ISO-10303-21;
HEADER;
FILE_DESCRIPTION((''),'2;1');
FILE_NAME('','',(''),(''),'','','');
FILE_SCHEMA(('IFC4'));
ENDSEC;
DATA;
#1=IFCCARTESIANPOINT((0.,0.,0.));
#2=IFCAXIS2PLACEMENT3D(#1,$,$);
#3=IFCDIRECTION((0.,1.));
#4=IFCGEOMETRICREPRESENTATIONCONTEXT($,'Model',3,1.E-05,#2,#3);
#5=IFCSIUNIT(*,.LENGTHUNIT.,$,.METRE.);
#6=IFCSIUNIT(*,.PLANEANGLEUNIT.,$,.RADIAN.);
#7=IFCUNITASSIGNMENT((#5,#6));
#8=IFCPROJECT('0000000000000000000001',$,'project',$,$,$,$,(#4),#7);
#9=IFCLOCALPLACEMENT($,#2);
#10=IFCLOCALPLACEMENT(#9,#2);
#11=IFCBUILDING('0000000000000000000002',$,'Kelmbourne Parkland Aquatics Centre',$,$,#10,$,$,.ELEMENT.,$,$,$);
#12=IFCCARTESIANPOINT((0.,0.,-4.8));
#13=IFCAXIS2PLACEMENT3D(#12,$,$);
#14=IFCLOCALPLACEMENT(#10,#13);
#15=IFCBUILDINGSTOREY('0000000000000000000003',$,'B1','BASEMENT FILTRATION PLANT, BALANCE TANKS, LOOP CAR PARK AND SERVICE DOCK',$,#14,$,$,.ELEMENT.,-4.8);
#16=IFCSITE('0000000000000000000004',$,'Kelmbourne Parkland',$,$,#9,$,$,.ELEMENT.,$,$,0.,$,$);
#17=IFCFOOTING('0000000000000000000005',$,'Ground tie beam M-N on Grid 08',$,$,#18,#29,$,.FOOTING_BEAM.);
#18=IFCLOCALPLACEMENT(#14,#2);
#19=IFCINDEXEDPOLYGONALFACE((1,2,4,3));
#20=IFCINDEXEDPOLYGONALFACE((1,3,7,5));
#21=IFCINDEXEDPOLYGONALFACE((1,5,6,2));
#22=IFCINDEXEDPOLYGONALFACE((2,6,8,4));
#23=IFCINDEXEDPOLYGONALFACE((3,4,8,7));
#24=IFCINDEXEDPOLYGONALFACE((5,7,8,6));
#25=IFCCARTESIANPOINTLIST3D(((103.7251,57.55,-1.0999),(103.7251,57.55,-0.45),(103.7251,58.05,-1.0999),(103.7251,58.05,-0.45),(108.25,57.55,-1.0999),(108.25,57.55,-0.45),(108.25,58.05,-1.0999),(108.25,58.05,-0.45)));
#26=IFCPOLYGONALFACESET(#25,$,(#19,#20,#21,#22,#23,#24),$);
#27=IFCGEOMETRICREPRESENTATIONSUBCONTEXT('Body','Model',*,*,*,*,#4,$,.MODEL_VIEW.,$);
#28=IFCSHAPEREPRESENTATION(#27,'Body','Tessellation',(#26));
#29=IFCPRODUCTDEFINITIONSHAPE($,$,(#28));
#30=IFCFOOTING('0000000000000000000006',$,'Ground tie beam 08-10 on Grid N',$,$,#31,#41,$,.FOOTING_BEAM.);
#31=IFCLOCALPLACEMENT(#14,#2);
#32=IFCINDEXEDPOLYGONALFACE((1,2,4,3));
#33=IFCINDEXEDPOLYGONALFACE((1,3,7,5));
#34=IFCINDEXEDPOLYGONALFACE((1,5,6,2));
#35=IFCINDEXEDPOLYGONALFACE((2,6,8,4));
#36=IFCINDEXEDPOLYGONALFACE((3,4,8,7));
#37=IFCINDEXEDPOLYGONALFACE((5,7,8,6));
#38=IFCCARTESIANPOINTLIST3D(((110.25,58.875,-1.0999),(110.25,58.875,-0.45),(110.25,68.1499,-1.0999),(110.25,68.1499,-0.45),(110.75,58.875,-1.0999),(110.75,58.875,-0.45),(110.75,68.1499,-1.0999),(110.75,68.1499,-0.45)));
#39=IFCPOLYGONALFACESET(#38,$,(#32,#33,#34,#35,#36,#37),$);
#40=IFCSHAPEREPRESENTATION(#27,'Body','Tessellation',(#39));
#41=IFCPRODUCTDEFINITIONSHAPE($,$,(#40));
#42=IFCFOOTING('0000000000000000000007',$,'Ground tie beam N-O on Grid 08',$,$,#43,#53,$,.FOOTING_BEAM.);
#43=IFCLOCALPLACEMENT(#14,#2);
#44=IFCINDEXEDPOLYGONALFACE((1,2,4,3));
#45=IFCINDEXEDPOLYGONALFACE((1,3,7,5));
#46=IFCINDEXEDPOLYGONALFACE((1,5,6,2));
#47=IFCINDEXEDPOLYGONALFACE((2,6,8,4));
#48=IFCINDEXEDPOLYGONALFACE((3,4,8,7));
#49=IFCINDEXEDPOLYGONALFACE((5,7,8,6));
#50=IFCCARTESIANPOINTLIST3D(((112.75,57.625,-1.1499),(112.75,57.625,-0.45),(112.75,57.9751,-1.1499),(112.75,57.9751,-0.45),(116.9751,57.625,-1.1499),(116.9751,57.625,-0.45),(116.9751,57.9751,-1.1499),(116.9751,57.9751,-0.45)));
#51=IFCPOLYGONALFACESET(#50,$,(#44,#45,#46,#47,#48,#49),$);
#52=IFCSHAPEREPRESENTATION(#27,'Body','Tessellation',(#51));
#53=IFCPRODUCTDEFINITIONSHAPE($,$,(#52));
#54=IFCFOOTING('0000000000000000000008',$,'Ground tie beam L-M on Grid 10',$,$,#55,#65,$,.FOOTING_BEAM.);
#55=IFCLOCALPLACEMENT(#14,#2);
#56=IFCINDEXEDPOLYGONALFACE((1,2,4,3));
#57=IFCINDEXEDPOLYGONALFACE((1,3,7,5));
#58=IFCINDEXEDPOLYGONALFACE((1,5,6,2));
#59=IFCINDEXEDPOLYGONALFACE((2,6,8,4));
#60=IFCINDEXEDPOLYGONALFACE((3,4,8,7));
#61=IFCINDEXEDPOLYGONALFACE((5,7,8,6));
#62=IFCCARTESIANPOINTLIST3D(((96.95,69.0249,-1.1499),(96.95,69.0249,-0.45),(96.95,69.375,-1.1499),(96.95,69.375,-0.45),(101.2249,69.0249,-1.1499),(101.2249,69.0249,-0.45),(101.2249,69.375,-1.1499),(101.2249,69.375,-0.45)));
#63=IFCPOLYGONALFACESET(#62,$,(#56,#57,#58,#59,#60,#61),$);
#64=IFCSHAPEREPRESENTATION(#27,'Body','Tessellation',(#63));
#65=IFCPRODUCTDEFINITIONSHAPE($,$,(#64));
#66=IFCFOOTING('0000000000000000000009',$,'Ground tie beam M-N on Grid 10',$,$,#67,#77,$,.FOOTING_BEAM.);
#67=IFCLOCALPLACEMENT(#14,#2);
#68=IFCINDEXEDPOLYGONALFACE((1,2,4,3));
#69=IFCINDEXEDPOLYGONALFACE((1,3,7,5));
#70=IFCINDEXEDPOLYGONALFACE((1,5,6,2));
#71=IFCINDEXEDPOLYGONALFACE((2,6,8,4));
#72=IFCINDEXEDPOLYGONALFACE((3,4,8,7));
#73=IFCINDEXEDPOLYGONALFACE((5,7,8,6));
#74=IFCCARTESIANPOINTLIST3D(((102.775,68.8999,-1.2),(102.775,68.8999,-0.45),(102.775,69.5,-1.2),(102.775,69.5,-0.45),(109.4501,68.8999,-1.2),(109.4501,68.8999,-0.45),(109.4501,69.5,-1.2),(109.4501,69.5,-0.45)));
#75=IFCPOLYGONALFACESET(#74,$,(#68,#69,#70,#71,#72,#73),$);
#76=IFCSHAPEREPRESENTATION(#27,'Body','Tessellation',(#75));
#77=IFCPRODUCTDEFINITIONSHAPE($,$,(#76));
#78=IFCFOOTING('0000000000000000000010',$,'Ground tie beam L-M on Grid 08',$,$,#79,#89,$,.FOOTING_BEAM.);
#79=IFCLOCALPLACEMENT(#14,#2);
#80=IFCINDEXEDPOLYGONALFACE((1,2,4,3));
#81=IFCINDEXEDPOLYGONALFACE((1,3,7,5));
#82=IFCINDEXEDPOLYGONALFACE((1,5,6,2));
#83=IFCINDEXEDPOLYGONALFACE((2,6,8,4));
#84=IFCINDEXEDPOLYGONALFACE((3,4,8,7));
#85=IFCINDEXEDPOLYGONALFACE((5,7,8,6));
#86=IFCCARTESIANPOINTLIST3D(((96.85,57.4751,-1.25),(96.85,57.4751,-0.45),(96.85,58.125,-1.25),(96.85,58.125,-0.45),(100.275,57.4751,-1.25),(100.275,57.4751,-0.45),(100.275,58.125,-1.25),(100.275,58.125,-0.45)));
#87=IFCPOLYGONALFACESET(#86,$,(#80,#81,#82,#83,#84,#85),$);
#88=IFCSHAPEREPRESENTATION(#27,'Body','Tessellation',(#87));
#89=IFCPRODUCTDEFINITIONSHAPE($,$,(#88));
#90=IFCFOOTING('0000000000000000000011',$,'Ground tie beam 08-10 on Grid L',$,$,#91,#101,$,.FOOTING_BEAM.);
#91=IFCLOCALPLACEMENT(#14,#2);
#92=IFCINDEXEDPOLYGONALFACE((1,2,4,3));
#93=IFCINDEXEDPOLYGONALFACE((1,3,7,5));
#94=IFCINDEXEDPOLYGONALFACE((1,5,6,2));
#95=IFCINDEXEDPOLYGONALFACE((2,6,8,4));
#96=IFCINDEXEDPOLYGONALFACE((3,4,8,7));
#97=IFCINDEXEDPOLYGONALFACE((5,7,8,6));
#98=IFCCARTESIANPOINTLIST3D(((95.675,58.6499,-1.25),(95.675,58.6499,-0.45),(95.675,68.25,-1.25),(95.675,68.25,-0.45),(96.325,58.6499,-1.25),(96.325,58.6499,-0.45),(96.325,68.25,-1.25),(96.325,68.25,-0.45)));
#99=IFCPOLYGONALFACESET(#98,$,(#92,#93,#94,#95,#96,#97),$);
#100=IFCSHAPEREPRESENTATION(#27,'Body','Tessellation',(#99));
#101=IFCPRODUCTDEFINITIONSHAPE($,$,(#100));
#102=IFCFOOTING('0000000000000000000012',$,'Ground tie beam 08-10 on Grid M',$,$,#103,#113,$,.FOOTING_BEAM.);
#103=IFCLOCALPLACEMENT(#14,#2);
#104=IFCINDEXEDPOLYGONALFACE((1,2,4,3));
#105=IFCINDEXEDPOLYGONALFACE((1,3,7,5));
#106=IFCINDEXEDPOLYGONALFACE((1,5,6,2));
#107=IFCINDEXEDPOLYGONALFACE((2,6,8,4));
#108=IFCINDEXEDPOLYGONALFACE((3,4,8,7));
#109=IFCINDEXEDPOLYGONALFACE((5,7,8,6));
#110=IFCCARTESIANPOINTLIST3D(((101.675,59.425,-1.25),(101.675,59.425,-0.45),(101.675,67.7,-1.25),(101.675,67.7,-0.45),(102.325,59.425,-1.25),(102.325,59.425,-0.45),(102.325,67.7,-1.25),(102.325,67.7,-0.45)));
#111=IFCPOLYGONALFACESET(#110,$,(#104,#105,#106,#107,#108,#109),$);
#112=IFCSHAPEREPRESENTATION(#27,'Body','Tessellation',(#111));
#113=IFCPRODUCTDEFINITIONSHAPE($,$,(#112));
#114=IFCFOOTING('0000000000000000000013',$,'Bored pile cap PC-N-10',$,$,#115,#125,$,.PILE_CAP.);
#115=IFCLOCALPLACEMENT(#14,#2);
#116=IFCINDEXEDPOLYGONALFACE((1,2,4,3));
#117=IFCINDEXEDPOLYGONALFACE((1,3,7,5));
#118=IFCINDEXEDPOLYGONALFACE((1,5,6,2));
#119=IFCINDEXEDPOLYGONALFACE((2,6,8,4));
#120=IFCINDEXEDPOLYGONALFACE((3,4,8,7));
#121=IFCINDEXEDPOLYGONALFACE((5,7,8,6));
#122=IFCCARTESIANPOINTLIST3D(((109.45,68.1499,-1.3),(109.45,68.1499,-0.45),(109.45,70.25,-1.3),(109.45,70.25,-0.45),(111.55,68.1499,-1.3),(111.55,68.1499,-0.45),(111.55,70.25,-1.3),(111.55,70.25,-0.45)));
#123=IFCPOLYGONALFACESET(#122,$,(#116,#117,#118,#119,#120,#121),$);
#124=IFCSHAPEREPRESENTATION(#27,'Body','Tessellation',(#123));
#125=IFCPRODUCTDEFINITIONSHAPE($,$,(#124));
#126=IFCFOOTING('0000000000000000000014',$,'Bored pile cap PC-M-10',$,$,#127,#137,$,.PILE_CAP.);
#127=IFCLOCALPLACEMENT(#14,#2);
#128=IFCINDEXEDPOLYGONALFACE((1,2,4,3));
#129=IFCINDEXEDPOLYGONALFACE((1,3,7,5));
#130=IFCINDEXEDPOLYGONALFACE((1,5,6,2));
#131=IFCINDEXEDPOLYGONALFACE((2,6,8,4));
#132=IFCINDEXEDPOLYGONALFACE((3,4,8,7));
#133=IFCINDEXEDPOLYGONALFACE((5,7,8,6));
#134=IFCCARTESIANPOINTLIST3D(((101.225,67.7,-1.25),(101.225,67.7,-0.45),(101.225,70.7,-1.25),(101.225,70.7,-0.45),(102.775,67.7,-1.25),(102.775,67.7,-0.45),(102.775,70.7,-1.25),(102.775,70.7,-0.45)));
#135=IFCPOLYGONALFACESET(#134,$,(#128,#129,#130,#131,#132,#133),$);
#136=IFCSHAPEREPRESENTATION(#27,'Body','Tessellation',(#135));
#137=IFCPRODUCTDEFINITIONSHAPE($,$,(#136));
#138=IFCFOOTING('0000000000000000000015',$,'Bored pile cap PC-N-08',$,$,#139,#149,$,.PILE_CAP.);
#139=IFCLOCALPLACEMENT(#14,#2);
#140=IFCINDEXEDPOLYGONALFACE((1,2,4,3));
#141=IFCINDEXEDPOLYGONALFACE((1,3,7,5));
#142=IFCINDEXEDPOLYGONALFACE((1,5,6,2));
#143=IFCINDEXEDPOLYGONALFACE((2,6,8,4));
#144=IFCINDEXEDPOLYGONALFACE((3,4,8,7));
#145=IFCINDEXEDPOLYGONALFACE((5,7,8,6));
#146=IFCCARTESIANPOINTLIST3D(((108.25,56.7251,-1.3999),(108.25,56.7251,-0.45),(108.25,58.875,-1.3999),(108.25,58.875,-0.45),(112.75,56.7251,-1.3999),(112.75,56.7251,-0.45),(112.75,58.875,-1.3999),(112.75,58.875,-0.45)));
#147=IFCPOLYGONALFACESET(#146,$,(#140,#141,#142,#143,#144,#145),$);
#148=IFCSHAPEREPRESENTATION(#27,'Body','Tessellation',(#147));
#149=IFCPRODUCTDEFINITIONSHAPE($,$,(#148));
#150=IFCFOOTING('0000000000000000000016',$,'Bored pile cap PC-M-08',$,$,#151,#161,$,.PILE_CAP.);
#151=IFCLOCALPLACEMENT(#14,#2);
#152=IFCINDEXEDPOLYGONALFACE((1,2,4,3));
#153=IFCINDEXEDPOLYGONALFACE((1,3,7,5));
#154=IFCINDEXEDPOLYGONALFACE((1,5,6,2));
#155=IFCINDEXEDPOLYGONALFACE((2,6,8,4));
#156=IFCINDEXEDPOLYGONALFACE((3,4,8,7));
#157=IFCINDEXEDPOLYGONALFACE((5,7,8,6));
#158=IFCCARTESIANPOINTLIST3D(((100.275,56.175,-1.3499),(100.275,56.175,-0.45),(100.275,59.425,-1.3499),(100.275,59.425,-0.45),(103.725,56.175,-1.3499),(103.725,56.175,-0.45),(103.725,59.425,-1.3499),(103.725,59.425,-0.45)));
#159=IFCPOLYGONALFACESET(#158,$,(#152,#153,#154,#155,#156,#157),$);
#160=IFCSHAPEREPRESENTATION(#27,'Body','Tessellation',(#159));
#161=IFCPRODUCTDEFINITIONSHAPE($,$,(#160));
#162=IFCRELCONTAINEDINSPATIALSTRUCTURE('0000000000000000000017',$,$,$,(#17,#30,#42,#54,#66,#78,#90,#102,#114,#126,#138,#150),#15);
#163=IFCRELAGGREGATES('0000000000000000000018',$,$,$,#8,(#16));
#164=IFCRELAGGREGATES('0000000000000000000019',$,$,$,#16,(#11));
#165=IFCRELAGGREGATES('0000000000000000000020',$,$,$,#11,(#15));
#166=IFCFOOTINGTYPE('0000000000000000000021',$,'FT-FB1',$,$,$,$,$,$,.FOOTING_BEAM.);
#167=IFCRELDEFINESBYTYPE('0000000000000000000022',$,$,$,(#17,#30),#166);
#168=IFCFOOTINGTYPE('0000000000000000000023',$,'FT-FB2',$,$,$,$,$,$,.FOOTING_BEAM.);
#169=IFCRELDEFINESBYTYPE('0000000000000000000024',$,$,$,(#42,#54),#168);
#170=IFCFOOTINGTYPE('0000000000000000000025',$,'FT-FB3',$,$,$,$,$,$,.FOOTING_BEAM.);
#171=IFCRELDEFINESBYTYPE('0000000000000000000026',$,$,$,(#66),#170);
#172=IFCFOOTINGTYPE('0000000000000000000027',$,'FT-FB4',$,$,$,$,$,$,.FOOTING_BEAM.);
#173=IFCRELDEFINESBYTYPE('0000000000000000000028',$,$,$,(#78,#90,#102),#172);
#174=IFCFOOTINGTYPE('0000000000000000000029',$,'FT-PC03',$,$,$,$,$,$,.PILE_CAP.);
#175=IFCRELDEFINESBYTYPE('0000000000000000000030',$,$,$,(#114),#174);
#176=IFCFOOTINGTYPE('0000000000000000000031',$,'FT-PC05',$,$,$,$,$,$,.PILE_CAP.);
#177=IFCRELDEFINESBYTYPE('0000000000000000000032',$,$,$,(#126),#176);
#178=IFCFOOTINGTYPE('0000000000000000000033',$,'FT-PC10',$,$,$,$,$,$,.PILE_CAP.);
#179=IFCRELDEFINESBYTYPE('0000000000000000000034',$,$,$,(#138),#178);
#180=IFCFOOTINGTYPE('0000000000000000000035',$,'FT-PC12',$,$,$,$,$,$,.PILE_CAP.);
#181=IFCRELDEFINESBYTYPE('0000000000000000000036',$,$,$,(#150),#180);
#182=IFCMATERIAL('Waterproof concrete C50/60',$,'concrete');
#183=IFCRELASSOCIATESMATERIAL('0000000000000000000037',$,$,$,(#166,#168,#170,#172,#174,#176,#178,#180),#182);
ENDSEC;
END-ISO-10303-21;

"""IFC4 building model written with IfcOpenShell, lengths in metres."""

from ifc_helpers import new_model, si_unit, direction, frame, origin, origin_2d, place, context, subcontext, project, spatial, rectangle, extrude, material, type_object, element, save


model = new_model("IFC4")

# Units and contexts
model_context = context("Model", 3, precision=1e-05, world=origin(), true_north=direction((0.0, 1.0)))
body_context = subcontext(model_context, "Body", "Model", "MODEL_VIEW")
ifc_project = project(units=[si_unit("LENGTHUNIT", "METRE"), si_unit("PLANEANGLEUNIT", "RADIAN")], contexts=[model_context])

# Site, building, storey
site_placement = place(None, origin())
site = spatial("IfcSite", under=ifc_project, at=site_placement, Name="Kelmbourne Parkland", CompositionType="ELEMENT", RefElevation=0.0)
building_placement = place(site_placement, origin())
building = spatial("IfcBuilding", under=site, at=building_placement, Name="Kelmbourne Parkland Aquatics Centre", CompositionType="ELEMENT")
storey_placement = place(building_placement, frame((0.0, 0.0, -4.8)))
storey = spatial("IfcBuildingStorey", under=building, at=storey_placement, Name="B1", Description="BASEMENT FILTRATION PLANT, BALANCE TANKS, LOOP CAR PARK AND SERVICE DOCK", CompositionType="ELEMENT", Elevation=-4.8)

# Footings
ifc_material_1 = material(Name="Waterproof concrete C50/60", Category="concrete")
footing_type_1 = type_object("IfcFootingType", Name="FT-FB1", PredefinedType="FOOTING_BEAM", material=ifc_material_1)
footing_1_placement = place(storey_placement, frame((105.9875, 57.8, -1.0999), z_axis=(0.0, 0.0, 1.0), x_axis=(1.0, 0.0, 0.0)))
element("IfcFooting", 1, at=footing_1_placement, inside=storey, type_object=footing_type_1, Name="Ground tie beam M-N on Grid 08", PredefinedType="FOOTING_BEAM", context=body_context, shape_type="SweptSolid", body=[
    extrude(rectangle(XDim=4.5249, YDim=0.5, at=origin_2d()), origin(), (0.0, 0.0, 1.0), 0.6499),
])
footing_2_placement = place(storey_placement, frame((110.5, 63.5125, -1.0999), z_axis=(0.0, 0.0, 1.0), x_axis=(0.0, 1.0, 0.0)))
element("IfcFooting", 2, at=footing_2_placement, inside=storey, type_object=footing_type_1, Name="Ground tie beam 08-10 on Grid N", PredefinedType="FOOTING_BEAM", context=body_context, shape_type="SweptSolid", body=[
    extrude(rectangle(XDim=9.2749, YDim=0.5, at=origin_2d()), origin(), (0.0, 0.0, 1.0), 0.6499),
])
footing_type_2 = type_object("IfcFootingType", Name="FT-FB2", PredefinedType="FOOTING_BEAM", material=ifc_material_1)
footing_3_placement = place(storey_placement, frame((114.8625, 57.8, -1.1499), z_axis=(0.0, 0.0, 1.0), x_axis=(1.0, 0.0, 0.0)))
element("IfcFooting", 3, at=footing_3_placement, inside=storey, type_object=footing_type_2, Name="Ground tie beam N-O on Grid 08", PredefinedType="FOOTING_BEAM", context=body_context, shape_type="SweptSolid", body=[
    extrude(rectangle(XDim=4.2251, YDim=0.3501, at=origin_2d()), origin(), (0.0, 0.0, 1.0), 0.7),
])
footing_4_placement = place(storey_placement, frame((99.0874, 69.2, -1.1499), z_axis=(0.0, 0.0, 1.0), x_axis=(1.0, 0.0, 0.0)))
element("IfcFooting", 4, at=footing_4_placement, inside=storey, type_object=footing_type_2, Name="Ground tie beam L-M on Grid 10", PredefinedType="FOOTING_BEAM", context=body_context, shape_type="SweptSolid", body=[
    extrude(rectangle(XDim=4.2749, YDim=0.3501, at=origin_2d()), origin(), (0.0, 0.0, 1.0), 0.7),
])
footing_type_3 = type_object("IfcFootingType", Name="FT-FB3", PredefinedType="FOOTING_BEAM", material=ifc_material_1)
footing_5_placement = place(storey_placement, frame((106.1125, 69.2, -1.2), z_axis=(0.0, 0.0, 1.0), x_axis=(1.0, 0.0, 0.0)))
element("IfcFooting", 5, at=footing_5_placement, inside=storey, type_object=footing_type_3, Name="Ground tie beam M-N on Grid 10", PredefinedType="FOOTING_BEAM", context=body_context, shape_type="SweptSolid", body=[
    extrude(rectangle(XDim=6.675, YDim=0.6001, at=origin_2d()), origin(), (0.0, 0.0, 1.0), 0.75),
])
footing_type_4 = type_object("IfcFootingType", Name="FT-FB4", PredefinedType="FOOTING_BEAM", material=ifc_material_1)
footing_6_placement = place(storey_placement, frame((98.5625, 57.8, -1.25), z_axis=(0.0, 0.0, 1.0), x_axis=(1.0, 0.0, 0.0)))
element("IfcFooting", 6, at=footing_6_placement, inside=storey, type_object=footing_type_4, Name="Ground tie beam L-M on Grid 08", PredefinedType="FOOTING_BEAM", context=body_context, shape_type="SweptSolid", body=[
    extrude(rectangle(XDim=3.425, YDim=0.6499, at=origin_2d()), origin(), (0.0, 0.0, 1.0), 0.8),
])
footing_7_placement = place(storey_placement, frame((96.0, 63.45, -1.25), z_axis=(0.0, 0.0, 1.0), x_axis=(0.0, 1.0, 0.0)))
element("IfcFooting", 7, at=footing_7_placement, inside=storey, type_object=footing_type_4, Name="Ground tie beam 08-10 on Grid L", PredefinedType="FOOTING_BEAM", context=body_context, shape_type="SweptSolid", body=[
    extrude(rectangle(XDim=9.6001, YDim=0.6499, at=origin_2d()), origin(), (0.0, 0.0, 1.0), 0.8),
])
footing_8_placement = place(storey_placement, frame((102.0, 63.5625, -1.25), z_axis=(0.0, 0.0, 1.0), x_axis=(0.0, 1.0, 0.0)))
element("IfcFooting", 8, at=footing_8_placement, inside=storey, type_object=footing_type_4, Name="Ground tie beam 08-10 on Grid M", PredefinedType="FOOTING_BEAM", context=body_context, shape_type="SweptSolid", body=[
    extrude(rectangle(XDim=8.2749, YDim=0.6499, at=origin_2d()), origin(), (0.0, 0.0, 1.0), 0.8),
])
footing_type_5 = type_object("IfcFootingType", Name="FT-PC03", PredefinedType="PILE_CAP", material=ifc_material_1)
footing_9_placement = place(storey_placement, frame((110.5, 69.2, -1.3), z_axis=(0.0, 0.0, 1.0), x_axis=(1.0, 0.0, 0.0)))
element("IfcFooting", 9, at=footing_9_placement, inside=storey, type_object=footing_type_5, Name="Bored pile cap PC-N-10", PredefinedType="PILE_CAP", context=body_context, shape_type="SweptSolid", body=[
    extrude(rectangle(XDim=2.1001, YDim=2.1001, at=origin_2d()), origin(), (0.0, 0.0, 1.0), 0.8501),
])
footing_type_6 = type_object("IfcFootingType", Name="FT-PC05", PredefinedType="PILE_CAP", material=ifc_material_1)
footing_10_placement = place(storey_placement, frame((102.0, 69.2, -1.25), z_axis=(0.0, 0.0, 1.0), x_axis=(1.0, 0.0, 0.0)))
element("IfcFooting", 10, at=footing_10_placement, inside=storey, type_object=footing_type_6, Name="Bored pile cap PC-M-10", PredefinedType="PILE_CAP", context=body_context, shape_type="SweptSolid", body=[
    extrude(rectangle(XDim=1.55, YDim=3.0, at=origin_2d()), origin(), (0.0, 0.0, 1.0), 0.8),
])
footing_type_7 = type_object("IfcFootingType", Name="FT-PC10", PredefinedType="PILE_CAP", material=ifc_material_1)
footing_11_placement = place(storey_placement, frame((110.5, 57.8, -1.3999), z_axis=(0.0, 0.0, 1.0), x_axis=(1.0, 0.0, 0.0)))
element("IfcFooting", 11, at=footing_11_placement, inside=storey, type_object=footing_type_7, Name="Bored pile cap PC-N-08", PredefinedType="PILE_CAP", context=body_context, shape_type="SweptSolid", body=[
    extrude(rectangle(XDim=4.5, YDim=2.1499, at=origin_2d()), origin(), (0.0, 0.0, 1.0), 0.95),
])
footing_type_8 = type_object("IfcFootingType", Name="FT-PC12", PredefinedType="PILE_CAP", material=ifc_material_1)
footing_12_placement = place(storey_placement, frame((102.0, 57.8, -1.3499), z_axis=(0.0, 0.0, 1.0), x_axis=(1.0, 0.0, 0.0)))
element("IfcFooting", 12, at=footing_12_placement, inside=storey, type_object=footing_type_8, Name="Bored pile cap PC-M-08", PredefinedType="PILE_CAP", context=body_context, shape_type="SweptSolid", body=[
    extrude(rectangle(XDim=3.45, YDim=3.25, at=origin_2d()), origin(), (0.0, 0.0, 1.0), 0.8999),
])

save(model, "model.ifc")
